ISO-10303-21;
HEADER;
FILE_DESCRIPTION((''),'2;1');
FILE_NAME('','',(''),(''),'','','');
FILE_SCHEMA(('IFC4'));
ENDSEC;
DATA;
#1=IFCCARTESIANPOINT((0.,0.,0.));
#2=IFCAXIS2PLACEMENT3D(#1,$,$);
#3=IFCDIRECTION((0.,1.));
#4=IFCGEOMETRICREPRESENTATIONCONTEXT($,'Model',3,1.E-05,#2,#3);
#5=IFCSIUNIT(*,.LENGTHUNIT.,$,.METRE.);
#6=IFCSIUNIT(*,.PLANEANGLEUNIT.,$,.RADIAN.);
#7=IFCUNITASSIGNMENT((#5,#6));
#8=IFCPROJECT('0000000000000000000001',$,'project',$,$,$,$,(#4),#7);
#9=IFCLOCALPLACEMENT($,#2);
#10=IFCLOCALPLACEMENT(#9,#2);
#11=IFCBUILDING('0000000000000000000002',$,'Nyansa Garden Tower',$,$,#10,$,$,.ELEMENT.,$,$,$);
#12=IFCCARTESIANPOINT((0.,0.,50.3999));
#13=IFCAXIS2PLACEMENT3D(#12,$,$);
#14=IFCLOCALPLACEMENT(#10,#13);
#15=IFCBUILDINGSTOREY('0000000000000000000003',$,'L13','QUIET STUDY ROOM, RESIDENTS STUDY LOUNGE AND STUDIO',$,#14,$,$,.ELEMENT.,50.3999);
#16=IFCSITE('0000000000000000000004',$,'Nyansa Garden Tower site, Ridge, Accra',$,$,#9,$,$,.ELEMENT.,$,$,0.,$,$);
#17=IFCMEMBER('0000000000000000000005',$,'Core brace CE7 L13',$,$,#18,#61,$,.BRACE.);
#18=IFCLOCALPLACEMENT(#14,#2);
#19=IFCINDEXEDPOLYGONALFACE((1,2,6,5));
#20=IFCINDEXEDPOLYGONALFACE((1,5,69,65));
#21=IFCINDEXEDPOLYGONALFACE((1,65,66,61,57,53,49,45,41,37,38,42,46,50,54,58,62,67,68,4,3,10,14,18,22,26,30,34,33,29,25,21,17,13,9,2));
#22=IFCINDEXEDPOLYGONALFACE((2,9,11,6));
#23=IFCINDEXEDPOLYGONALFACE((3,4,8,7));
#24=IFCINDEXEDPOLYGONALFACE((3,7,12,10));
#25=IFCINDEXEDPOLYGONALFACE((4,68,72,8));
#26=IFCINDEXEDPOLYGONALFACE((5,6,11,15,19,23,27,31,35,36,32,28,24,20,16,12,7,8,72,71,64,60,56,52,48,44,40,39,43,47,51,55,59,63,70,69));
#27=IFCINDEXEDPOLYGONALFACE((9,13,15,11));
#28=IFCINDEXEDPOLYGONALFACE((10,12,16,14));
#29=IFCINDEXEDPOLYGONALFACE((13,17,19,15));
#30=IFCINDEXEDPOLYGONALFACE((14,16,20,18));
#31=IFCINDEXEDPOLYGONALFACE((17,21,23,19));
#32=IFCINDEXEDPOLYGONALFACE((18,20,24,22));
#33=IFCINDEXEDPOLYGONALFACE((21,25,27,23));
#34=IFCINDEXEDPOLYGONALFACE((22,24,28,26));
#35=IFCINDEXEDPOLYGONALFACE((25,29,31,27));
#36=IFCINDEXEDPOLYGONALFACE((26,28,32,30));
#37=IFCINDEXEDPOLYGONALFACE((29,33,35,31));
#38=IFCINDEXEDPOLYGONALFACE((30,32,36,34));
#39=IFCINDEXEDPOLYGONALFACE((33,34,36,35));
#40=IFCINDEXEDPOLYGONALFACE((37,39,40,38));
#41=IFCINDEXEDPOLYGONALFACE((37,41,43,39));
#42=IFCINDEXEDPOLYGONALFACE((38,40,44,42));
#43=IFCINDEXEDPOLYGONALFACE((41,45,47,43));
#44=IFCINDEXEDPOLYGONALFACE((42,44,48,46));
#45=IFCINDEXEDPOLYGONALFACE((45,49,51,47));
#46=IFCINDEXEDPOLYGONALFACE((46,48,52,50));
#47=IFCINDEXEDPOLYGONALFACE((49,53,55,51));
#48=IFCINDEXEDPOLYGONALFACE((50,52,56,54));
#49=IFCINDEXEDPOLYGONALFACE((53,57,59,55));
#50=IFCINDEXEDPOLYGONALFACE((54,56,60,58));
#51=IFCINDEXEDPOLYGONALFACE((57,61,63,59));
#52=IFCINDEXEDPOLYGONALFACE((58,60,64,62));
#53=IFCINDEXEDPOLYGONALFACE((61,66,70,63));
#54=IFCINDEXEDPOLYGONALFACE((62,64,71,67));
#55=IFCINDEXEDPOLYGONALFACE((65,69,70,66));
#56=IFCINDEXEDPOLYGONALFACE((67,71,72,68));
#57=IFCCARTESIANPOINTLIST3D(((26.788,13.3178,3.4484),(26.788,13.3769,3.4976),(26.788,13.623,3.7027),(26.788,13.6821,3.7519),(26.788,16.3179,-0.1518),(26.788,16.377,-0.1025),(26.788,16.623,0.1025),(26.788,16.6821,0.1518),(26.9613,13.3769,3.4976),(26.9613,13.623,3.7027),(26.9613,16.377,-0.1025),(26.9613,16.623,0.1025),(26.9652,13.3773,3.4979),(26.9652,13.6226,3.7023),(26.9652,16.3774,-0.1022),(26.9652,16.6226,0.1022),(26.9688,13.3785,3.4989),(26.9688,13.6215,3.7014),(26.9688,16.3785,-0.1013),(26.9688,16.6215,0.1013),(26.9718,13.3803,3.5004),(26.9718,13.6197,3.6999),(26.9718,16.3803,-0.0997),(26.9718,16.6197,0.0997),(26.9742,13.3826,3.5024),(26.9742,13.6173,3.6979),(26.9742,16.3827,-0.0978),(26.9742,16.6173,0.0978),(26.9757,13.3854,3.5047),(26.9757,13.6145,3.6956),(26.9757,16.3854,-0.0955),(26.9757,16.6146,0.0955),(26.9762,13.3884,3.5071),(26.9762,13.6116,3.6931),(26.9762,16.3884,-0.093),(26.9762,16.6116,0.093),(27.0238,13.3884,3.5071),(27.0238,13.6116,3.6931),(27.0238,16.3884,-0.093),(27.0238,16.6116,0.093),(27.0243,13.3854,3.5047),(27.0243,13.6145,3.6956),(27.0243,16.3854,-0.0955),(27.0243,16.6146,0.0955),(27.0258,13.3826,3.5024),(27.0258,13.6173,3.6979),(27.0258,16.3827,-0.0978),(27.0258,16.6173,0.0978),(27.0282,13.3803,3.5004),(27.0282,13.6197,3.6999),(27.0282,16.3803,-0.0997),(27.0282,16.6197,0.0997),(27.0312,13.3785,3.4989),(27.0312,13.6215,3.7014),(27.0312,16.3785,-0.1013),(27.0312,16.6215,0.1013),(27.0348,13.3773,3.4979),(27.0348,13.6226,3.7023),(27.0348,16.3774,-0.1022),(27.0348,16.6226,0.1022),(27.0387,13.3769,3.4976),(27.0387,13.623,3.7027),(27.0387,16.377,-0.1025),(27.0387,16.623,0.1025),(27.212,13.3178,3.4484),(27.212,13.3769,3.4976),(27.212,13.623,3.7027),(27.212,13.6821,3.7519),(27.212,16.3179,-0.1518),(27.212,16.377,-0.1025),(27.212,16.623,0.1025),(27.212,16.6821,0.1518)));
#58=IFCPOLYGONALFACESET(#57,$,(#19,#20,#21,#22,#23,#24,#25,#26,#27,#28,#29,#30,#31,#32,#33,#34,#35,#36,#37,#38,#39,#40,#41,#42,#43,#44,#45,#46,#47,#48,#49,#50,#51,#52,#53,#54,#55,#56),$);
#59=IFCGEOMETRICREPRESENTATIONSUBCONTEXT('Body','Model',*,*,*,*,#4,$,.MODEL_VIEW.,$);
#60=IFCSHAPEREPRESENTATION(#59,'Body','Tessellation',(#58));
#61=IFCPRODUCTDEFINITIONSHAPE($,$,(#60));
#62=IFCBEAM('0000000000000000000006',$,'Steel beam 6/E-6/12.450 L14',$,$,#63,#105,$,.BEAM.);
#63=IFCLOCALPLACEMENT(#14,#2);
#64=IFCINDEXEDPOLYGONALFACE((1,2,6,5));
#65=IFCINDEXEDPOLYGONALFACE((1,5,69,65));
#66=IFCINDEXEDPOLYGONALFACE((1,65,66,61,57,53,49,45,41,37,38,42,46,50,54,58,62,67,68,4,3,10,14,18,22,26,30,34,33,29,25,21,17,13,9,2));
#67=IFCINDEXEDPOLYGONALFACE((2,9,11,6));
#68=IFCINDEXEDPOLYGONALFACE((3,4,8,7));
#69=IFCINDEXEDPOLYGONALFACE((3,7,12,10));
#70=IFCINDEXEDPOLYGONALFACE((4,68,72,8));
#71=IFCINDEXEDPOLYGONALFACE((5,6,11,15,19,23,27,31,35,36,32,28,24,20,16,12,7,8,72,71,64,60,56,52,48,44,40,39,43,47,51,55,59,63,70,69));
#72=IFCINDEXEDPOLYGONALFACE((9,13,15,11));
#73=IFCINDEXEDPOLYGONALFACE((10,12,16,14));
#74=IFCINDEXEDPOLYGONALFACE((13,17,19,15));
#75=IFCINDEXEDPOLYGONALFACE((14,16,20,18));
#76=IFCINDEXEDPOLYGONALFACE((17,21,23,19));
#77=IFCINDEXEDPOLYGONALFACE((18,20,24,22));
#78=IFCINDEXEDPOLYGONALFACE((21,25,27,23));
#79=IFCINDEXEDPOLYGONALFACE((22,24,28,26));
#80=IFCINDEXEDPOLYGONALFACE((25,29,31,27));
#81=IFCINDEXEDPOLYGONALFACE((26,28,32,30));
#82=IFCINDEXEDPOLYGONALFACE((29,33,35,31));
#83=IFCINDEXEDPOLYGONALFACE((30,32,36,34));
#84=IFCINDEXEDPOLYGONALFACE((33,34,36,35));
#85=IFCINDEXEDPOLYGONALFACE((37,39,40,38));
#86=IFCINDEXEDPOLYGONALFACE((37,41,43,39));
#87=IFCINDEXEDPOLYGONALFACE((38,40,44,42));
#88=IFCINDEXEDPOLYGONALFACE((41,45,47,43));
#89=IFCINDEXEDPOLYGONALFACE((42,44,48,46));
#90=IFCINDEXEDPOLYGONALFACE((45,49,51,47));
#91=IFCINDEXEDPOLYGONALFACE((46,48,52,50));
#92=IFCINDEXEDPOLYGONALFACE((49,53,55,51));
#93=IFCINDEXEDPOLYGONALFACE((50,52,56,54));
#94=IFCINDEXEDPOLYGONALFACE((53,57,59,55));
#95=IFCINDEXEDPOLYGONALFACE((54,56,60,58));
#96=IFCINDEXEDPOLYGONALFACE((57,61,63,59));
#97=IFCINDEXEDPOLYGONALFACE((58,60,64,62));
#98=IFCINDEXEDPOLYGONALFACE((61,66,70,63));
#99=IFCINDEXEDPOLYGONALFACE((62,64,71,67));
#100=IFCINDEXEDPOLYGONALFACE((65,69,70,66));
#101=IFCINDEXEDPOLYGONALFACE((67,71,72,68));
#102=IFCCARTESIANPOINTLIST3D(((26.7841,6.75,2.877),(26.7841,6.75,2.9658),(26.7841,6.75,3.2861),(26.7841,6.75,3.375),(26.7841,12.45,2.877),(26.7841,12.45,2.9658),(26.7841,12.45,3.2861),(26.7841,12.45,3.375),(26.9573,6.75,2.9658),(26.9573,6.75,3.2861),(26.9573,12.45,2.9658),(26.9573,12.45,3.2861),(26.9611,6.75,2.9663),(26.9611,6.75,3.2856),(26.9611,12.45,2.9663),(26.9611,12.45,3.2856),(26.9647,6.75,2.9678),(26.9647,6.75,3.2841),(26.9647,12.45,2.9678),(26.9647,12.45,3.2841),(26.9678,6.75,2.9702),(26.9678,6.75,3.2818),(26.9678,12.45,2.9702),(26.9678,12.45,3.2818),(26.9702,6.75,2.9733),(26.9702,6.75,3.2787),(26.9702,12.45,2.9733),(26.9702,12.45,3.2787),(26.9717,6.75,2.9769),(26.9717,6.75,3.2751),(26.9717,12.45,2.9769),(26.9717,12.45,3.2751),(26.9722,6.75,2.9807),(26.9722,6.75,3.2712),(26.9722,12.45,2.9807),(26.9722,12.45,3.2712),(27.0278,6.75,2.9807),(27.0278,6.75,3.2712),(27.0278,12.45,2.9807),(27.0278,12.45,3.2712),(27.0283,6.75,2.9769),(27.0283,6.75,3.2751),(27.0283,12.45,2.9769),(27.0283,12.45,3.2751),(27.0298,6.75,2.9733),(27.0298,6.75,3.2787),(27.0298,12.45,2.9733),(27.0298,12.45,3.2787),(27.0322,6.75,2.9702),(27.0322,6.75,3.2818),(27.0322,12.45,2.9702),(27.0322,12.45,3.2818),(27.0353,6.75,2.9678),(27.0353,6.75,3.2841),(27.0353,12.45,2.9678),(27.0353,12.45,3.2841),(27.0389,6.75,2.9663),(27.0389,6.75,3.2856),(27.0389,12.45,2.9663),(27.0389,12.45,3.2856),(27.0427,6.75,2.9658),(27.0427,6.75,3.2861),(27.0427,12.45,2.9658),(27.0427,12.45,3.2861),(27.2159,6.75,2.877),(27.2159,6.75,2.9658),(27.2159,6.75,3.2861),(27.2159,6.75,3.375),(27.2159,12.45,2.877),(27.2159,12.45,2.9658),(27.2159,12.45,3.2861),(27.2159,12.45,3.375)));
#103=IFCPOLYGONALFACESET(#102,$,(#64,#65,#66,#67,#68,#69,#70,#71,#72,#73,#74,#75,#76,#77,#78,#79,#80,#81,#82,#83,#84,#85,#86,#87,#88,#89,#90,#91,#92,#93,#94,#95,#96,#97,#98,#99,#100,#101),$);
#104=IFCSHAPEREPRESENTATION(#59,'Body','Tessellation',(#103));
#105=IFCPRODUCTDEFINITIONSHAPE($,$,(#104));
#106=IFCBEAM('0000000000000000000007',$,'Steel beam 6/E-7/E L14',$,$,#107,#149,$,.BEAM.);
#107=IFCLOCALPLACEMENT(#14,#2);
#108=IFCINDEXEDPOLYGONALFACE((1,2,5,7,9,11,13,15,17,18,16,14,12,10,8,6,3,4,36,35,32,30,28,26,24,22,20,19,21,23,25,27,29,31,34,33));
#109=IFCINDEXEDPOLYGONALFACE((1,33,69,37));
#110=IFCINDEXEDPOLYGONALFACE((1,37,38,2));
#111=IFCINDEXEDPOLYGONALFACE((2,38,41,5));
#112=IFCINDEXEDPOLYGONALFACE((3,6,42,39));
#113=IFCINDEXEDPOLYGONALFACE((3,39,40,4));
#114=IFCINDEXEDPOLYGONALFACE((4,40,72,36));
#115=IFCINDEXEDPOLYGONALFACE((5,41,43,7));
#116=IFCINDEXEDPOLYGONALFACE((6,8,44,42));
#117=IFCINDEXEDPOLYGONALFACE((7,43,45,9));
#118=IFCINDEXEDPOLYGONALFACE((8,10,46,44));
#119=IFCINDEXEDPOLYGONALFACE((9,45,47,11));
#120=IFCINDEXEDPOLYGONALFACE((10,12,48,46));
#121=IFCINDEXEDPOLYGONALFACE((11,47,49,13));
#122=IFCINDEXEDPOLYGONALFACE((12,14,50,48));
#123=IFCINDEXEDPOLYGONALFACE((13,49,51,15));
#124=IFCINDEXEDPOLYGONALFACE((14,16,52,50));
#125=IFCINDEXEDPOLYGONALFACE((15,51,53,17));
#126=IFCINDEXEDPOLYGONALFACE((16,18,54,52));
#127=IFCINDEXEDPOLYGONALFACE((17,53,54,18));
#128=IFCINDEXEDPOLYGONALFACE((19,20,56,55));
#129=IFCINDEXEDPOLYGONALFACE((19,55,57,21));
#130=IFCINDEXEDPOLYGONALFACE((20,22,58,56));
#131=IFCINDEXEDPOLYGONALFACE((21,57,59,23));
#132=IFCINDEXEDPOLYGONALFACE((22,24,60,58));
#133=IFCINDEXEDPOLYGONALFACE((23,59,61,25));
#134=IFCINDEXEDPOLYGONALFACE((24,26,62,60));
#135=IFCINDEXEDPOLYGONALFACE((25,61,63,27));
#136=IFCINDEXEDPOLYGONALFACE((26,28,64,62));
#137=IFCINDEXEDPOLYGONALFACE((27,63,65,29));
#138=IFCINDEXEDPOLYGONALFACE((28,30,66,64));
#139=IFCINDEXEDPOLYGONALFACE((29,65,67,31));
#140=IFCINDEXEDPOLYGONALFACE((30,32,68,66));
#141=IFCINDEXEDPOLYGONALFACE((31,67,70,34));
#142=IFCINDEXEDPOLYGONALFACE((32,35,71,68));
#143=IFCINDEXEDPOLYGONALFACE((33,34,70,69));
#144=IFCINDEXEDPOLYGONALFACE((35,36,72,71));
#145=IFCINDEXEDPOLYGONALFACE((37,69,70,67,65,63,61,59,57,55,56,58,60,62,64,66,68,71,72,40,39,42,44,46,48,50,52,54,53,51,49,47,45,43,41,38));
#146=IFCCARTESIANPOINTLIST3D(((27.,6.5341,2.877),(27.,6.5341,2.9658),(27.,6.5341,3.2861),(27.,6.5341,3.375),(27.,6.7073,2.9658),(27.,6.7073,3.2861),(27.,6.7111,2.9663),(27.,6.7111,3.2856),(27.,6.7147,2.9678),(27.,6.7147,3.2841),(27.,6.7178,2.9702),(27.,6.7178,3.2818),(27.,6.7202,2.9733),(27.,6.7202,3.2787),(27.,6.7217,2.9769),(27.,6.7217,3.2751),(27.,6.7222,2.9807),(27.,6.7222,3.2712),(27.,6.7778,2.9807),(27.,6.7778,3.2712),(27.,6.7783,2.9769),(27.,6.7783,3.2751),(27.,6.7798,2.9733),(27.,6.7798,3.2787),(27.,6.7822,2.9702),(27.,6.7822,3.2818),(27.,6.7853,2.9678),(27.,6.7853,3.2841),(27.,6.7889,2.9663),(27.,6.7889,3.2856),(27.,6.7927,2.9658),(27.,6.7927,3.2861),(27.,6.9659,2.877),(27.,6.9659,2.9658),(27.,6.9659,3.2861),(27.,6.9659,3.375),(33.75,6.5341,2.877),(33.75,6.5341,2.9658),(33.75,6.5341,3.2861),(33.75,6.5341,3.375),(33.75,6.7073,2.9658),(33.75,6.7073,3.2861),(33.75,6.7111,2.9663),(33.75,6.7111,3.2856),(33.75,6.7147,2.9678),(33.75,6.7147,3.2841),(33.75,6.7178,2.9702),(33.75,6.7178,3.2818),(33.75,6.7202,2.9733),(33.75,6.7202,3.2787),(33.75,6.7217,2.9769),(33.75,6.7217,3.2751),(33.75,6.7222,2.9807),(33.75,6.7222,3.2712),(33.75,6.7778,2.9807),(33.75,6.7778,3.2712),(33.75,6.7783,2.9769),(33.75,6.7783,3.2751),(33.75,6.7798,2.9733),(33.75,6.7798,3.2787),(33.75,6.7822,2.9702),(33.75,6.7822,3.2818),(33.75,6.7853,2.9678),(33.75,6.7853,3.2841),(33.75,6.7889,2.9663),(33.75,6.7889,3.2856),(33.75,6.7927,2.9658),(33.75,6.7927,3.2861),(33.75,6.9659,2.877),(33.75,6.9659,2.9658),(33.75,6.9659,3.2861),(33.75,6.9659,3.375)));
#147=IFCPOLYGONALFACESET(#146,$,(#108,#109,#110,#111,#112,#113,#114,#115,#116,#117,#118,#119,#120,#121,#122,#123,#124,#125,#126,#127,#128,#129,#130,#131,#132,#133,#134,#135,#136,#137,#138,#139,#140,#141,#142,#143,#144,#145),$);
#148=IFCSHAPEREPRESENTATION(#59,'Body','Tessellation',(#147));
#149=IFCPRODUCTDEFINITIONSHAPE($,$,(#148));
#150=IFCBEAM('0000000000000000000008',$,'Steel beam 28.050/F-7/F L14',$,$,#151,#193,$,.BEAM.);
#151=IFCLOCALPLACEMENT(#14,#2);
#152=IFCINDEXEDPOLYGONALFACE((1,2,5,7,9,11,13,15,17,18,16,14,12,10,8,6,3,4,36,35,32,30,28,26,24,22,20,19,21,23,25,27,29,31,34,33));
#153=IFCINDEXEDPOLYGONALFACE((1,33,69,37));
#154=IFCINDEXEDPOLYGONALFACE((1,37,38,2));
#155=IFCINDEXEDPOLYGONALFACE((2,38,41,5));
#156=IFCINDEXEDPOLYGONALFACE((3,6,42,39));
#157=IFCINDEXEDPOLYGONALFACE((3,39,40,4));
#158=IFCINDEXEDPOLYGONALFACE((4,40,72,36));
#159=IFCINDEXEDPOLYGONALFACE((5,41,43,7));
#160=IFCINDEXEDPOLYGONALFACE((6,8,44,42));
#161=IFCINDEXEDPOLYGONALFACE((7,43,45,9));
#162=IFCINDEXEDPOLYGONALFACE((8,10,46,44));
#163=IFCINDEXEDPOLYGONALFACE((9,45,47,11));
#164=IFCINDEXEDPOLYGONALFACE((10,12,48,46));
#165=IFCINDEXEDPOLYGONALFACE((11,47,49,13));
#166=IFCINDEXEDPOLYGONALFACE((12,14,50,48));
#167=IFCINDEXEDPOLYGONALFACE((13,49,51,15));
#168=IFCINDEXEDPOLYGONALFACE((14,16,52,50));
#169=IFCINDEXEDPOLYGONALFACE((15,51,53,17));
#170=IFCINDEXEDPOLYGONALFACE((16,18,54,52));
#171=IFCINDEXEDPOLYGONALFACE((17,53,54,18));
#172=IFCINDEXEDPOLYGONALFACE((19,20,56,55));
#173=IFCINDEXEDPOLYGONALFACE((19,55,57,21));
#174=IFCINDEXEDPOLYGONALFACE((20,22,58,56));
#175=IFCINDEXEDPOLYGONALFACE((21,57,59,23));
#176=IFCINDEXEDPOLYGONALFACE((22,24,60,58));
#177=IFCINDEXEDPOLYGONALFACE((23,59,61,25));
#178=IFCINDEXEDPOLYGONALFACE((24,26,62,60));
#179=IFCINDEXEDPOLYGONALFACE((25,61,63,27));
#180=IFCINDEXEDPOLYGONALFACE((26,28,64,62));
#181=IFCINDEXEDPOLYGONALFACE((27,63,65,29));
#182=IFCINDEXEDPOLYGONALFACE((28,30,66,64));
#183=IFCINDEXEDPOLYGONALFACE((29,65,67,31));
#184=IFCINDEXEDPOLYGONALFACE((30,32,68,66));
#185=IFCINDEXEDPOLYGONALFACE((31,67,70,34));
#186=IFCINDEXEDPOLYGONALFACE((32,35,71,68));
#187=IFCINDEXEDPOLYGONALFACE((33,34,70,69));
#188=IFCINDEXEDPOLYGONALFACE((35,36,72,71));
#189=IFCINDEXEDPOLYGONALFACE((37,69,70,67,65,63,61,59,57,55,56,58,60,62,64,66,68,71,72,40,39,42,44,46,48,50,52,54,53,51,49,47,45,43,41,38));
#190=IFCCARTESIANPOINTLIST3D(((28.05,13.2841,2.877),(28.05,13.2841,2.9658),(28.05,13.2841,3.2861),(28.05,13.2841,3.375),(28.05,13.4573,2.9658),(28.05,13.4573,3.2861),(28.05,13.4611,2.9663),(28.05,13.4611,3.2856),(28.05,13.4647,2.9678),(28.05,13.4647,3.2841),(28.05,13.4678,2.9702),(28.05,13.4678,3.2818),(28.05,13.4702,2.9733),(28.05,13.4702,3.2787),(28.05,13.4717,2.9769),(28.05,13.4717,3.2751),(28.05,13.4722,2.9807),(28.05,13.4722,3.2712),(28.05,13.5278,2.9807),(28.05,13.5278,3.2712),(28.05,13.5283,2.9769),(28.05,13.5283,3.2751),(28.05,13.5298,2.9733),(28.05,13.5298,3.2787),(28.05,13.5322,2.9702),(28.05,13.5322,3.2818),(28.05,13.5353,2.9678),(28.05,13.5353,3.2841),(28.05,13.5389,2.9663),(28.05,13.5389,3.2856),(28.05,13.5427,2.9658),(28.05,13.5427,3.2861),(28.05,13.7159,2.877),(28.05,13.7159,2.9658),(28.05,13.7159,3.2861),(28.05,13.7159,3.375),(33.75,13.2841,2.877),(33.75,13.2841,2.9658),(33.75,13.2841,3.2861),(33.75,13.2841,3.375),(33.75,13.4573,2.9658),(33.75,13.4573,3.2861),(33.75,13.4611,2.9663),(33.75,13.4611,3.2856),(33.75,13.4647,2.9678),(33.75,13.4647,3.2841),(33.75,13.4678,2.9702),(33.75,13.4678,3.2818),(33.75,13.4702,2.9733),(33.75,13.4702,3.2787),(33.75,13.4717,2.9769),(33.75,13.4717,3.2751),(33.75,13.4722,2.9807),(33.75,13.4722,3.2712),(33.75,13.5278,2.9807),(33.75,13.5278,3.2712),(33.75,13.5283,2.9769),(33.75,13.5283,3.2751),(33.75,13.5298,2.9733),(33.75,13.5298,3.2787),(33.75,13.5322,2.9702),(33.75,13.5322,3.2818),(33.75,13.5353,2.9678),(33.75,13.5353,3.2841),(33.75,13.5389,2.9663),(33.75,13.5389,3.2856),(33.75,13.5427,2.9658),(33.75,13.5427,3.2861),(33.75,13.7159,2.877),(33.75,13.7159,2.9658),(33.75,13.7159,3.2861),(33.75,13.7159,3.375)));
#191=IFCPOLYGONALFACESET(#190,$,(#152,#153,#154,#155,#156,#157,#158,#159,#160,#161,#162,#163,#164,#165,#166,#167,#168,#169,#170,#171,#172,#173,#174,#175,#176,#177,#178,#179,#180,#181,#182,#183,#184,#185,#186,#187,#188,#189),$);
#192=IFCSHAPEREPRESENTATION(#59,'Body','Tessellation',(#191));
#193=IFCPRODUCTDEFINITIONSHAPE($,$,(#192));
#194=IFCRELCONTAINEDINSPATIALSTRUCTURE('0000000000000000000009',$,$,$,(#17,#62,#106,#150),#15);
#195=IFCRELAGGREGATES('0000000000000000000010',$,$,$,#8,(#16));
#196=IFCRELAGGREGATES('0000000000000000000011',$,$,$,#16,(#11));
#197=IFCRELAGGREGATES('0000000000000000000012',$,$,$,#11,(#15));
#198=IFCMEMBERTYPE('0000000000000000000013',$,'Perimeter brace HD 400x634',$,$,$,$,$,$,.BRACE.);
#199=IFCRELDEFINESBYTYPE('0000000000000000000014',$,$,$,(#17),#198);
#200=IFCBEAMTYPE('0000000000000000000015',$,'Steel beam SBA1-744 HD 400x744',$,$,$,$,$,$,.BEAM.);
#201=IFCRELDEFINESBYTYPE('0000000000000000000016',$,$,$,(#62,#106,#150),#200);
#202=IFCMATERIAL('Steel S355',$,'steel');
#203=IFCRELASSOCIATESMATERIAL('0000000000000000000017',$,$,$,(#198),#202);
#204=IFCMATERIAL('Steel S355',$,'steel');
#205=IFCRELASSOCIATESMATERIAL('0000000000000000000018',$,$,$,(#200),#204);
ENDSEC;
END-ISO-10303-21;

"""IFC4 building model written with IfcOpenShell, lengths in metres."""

from ifc_helpers import new_model, si_unit, direction, frame, origin, origin_2d, place, context, subcontext, project, spatial, i_section, extrude, material, material_profile, profile_set, type_object, element, save


model = new_model("IFC4")

# Units and contexts
model_context = context("Model", 3, precision=1e-05, world=origin(), true_north=direction((0.0, 1.0)))
body_context = subcontext(model_context, "Body", "Model", "MODEL_VIEW")
ifc_project = project(units=[si_unit("LENGTHUNIT", "METRE"), si_unit("PLANEANGLEUNIT", "RADIAN")], contexts=[model_context])

# Site, building, storey
site_placement = place(None, origin())
site = spatial("IfcSite", under=ifc_project, at=site_placement, Name="Nyansa Garden Tower site, Ridge, Accra", CompositionType="ELEMENT", RefElevation=0.0)
building_placement = place(site_placement, origin())
building = spatial("IfcBuilding", under=site, at=building_placement, Name="Nyansa Garden Tower", CompositionType="ELEMENT")
storey_placement = place(building_placement, frame((0.0, 0.0, 50.3999)))
storey = spatial("IfcBuildingStorey", under=building, at=storey_placement, Name="L13", Description="QUIET STUDY ROOM, RESIDENTS STUDY LOUNGE AND STUDIO", CompositionType="ELEMENT", Elevation=50.3999)

# Member
ifc_material_1 = material(Name="Steel S355", Category="steel")
ifc_material_profile_1 = material_profile(ifc_material_1, i_section(OverallWidth=0.4241, OverallDepth=0.4741, WebThickness=0.0476, FlangeThickness=0.0769, FilletRadius=0.0149, at=origin_2d()), Name="HD 400x634")
ifc_profile_set_1 = profile_set([ifc_material_profile_1], Name="Steel S355")
member_type = type_object("IfcMemberType", Name="Perimeter brace HD 400x634", PredefinedType="BRACE", material=ifc_profile_set_1)
member_placement = place(storey_placement, frame((27.0, 16.5, 0.0), z_axis=(0.0, -0.640174, 0.76823), x_axis=(1.0, 0.0, 0.0)))
element("IfcMember", 1, at=member_placement, inside=storey, type_object=member_type, Name="Core brace CE7 L13", PredefinedType="BRACE", context=body_context, shape_type="SweptSolid", body=[
    extrude(i_section(OverallWidth=0.4241, OverallDepth=0.4741, WebThickness=0.0476, FlangeThickness=0.0769, FilletRadius=0.0149, at=origin_2d()), origin(), (0.0, 0.0, 1.0), 4.6863),
])

# Beams
ifc_material_2 = material(Name="Steel S355", Category="steel")
ifc_material_profile_2 = material_profile(ifc_material_2, i_section(OverallWidth=0.4319, OverallDepth=0.498, WebThickness=0.0557, FlangeThickness=0.0889, FilletRadius=0.0149, at=origin_2d()), Name="HD 400x744")
ifc_profile_set_2 = profile_set([ifc_material_profile_2], Name="Steel S355")
beam_type_1 = type_object("IfcBeamType", Name="Steel beam SBA1-744 HD 400x744", PredefinedType="BEAM", material=ifc_profile_set_2)
beam_1_placement = place(storey_placement, frame((27.0, 6.75, 3.126), z_axis=(0.0, 1.0, 0.0), x_axis=(-1.0, 0.0, 0.0)))
element("IfcBeam", 2, at=beam_1_placement, inside=storey, type_object=beam_type_1, Name="Steel beam 6/E-6/12.450 L14", PredefinedType="BEAM", context=body_context, shape_type="SweptSolid", body=[
    extrude(i_section(OverallWidth=0.4319, OverallDepth=0.498, WebThickness=0.0557, FlangeThickness=0.0889, FilletRadius=0.0149, at=origin_2d()), origin(), (0.0, 0.0, 1.0), 5.7),
])
beam_2_placement = place(storey_placement, frame((27.0, 6.75, 3.126), z_axis=(1.0, 0.0, 0.0), x_axis=(0.0, 1.0, 0.0)))
element("IfcBeam", 3, at=beam_2_placement, inside=storey, type_object=beam_type_1, Name="Steel beam 6/E-7/E L14", PredefinedType="BEAM", context=body_context, shape_type="SweptSolid", body=[
    extrude(i_section(OverallWidth=0.4319, OverallDepth=0.498, WebThickness=0.0557, FlangeThickness=0.0889, FilletRadius=0.0149, at=origin_2d()), origin(), (0.0, 0.0, 1.0), 6.75),
])
beam_3_placement = place(storey_placement, frame((28.05, 13.5, 3.126), z_axis=(1.0, 0.0, 0.0), x_axis=(0.0, 1.0, 0.0)))
element("IfcBeam", 4, at=beam_3_placement, inside=storey, type_object=beam_type_1, Name="Steel beam 28.050/F-7/F L14", PredefinedType="BEAM", context=body_context, shape_type="SweptSolid", body=[
    extrude(i_section(OverallWidth=0.4319, OverallDepth=0.498, WebThickness=0.0557, FlangeThickness=0.0889, FilletRadius=0.0149, at=origin_2d()), origin(), (0.0, 0.0, 1.0), 5.7),
])

save(model, "model.ifc")
